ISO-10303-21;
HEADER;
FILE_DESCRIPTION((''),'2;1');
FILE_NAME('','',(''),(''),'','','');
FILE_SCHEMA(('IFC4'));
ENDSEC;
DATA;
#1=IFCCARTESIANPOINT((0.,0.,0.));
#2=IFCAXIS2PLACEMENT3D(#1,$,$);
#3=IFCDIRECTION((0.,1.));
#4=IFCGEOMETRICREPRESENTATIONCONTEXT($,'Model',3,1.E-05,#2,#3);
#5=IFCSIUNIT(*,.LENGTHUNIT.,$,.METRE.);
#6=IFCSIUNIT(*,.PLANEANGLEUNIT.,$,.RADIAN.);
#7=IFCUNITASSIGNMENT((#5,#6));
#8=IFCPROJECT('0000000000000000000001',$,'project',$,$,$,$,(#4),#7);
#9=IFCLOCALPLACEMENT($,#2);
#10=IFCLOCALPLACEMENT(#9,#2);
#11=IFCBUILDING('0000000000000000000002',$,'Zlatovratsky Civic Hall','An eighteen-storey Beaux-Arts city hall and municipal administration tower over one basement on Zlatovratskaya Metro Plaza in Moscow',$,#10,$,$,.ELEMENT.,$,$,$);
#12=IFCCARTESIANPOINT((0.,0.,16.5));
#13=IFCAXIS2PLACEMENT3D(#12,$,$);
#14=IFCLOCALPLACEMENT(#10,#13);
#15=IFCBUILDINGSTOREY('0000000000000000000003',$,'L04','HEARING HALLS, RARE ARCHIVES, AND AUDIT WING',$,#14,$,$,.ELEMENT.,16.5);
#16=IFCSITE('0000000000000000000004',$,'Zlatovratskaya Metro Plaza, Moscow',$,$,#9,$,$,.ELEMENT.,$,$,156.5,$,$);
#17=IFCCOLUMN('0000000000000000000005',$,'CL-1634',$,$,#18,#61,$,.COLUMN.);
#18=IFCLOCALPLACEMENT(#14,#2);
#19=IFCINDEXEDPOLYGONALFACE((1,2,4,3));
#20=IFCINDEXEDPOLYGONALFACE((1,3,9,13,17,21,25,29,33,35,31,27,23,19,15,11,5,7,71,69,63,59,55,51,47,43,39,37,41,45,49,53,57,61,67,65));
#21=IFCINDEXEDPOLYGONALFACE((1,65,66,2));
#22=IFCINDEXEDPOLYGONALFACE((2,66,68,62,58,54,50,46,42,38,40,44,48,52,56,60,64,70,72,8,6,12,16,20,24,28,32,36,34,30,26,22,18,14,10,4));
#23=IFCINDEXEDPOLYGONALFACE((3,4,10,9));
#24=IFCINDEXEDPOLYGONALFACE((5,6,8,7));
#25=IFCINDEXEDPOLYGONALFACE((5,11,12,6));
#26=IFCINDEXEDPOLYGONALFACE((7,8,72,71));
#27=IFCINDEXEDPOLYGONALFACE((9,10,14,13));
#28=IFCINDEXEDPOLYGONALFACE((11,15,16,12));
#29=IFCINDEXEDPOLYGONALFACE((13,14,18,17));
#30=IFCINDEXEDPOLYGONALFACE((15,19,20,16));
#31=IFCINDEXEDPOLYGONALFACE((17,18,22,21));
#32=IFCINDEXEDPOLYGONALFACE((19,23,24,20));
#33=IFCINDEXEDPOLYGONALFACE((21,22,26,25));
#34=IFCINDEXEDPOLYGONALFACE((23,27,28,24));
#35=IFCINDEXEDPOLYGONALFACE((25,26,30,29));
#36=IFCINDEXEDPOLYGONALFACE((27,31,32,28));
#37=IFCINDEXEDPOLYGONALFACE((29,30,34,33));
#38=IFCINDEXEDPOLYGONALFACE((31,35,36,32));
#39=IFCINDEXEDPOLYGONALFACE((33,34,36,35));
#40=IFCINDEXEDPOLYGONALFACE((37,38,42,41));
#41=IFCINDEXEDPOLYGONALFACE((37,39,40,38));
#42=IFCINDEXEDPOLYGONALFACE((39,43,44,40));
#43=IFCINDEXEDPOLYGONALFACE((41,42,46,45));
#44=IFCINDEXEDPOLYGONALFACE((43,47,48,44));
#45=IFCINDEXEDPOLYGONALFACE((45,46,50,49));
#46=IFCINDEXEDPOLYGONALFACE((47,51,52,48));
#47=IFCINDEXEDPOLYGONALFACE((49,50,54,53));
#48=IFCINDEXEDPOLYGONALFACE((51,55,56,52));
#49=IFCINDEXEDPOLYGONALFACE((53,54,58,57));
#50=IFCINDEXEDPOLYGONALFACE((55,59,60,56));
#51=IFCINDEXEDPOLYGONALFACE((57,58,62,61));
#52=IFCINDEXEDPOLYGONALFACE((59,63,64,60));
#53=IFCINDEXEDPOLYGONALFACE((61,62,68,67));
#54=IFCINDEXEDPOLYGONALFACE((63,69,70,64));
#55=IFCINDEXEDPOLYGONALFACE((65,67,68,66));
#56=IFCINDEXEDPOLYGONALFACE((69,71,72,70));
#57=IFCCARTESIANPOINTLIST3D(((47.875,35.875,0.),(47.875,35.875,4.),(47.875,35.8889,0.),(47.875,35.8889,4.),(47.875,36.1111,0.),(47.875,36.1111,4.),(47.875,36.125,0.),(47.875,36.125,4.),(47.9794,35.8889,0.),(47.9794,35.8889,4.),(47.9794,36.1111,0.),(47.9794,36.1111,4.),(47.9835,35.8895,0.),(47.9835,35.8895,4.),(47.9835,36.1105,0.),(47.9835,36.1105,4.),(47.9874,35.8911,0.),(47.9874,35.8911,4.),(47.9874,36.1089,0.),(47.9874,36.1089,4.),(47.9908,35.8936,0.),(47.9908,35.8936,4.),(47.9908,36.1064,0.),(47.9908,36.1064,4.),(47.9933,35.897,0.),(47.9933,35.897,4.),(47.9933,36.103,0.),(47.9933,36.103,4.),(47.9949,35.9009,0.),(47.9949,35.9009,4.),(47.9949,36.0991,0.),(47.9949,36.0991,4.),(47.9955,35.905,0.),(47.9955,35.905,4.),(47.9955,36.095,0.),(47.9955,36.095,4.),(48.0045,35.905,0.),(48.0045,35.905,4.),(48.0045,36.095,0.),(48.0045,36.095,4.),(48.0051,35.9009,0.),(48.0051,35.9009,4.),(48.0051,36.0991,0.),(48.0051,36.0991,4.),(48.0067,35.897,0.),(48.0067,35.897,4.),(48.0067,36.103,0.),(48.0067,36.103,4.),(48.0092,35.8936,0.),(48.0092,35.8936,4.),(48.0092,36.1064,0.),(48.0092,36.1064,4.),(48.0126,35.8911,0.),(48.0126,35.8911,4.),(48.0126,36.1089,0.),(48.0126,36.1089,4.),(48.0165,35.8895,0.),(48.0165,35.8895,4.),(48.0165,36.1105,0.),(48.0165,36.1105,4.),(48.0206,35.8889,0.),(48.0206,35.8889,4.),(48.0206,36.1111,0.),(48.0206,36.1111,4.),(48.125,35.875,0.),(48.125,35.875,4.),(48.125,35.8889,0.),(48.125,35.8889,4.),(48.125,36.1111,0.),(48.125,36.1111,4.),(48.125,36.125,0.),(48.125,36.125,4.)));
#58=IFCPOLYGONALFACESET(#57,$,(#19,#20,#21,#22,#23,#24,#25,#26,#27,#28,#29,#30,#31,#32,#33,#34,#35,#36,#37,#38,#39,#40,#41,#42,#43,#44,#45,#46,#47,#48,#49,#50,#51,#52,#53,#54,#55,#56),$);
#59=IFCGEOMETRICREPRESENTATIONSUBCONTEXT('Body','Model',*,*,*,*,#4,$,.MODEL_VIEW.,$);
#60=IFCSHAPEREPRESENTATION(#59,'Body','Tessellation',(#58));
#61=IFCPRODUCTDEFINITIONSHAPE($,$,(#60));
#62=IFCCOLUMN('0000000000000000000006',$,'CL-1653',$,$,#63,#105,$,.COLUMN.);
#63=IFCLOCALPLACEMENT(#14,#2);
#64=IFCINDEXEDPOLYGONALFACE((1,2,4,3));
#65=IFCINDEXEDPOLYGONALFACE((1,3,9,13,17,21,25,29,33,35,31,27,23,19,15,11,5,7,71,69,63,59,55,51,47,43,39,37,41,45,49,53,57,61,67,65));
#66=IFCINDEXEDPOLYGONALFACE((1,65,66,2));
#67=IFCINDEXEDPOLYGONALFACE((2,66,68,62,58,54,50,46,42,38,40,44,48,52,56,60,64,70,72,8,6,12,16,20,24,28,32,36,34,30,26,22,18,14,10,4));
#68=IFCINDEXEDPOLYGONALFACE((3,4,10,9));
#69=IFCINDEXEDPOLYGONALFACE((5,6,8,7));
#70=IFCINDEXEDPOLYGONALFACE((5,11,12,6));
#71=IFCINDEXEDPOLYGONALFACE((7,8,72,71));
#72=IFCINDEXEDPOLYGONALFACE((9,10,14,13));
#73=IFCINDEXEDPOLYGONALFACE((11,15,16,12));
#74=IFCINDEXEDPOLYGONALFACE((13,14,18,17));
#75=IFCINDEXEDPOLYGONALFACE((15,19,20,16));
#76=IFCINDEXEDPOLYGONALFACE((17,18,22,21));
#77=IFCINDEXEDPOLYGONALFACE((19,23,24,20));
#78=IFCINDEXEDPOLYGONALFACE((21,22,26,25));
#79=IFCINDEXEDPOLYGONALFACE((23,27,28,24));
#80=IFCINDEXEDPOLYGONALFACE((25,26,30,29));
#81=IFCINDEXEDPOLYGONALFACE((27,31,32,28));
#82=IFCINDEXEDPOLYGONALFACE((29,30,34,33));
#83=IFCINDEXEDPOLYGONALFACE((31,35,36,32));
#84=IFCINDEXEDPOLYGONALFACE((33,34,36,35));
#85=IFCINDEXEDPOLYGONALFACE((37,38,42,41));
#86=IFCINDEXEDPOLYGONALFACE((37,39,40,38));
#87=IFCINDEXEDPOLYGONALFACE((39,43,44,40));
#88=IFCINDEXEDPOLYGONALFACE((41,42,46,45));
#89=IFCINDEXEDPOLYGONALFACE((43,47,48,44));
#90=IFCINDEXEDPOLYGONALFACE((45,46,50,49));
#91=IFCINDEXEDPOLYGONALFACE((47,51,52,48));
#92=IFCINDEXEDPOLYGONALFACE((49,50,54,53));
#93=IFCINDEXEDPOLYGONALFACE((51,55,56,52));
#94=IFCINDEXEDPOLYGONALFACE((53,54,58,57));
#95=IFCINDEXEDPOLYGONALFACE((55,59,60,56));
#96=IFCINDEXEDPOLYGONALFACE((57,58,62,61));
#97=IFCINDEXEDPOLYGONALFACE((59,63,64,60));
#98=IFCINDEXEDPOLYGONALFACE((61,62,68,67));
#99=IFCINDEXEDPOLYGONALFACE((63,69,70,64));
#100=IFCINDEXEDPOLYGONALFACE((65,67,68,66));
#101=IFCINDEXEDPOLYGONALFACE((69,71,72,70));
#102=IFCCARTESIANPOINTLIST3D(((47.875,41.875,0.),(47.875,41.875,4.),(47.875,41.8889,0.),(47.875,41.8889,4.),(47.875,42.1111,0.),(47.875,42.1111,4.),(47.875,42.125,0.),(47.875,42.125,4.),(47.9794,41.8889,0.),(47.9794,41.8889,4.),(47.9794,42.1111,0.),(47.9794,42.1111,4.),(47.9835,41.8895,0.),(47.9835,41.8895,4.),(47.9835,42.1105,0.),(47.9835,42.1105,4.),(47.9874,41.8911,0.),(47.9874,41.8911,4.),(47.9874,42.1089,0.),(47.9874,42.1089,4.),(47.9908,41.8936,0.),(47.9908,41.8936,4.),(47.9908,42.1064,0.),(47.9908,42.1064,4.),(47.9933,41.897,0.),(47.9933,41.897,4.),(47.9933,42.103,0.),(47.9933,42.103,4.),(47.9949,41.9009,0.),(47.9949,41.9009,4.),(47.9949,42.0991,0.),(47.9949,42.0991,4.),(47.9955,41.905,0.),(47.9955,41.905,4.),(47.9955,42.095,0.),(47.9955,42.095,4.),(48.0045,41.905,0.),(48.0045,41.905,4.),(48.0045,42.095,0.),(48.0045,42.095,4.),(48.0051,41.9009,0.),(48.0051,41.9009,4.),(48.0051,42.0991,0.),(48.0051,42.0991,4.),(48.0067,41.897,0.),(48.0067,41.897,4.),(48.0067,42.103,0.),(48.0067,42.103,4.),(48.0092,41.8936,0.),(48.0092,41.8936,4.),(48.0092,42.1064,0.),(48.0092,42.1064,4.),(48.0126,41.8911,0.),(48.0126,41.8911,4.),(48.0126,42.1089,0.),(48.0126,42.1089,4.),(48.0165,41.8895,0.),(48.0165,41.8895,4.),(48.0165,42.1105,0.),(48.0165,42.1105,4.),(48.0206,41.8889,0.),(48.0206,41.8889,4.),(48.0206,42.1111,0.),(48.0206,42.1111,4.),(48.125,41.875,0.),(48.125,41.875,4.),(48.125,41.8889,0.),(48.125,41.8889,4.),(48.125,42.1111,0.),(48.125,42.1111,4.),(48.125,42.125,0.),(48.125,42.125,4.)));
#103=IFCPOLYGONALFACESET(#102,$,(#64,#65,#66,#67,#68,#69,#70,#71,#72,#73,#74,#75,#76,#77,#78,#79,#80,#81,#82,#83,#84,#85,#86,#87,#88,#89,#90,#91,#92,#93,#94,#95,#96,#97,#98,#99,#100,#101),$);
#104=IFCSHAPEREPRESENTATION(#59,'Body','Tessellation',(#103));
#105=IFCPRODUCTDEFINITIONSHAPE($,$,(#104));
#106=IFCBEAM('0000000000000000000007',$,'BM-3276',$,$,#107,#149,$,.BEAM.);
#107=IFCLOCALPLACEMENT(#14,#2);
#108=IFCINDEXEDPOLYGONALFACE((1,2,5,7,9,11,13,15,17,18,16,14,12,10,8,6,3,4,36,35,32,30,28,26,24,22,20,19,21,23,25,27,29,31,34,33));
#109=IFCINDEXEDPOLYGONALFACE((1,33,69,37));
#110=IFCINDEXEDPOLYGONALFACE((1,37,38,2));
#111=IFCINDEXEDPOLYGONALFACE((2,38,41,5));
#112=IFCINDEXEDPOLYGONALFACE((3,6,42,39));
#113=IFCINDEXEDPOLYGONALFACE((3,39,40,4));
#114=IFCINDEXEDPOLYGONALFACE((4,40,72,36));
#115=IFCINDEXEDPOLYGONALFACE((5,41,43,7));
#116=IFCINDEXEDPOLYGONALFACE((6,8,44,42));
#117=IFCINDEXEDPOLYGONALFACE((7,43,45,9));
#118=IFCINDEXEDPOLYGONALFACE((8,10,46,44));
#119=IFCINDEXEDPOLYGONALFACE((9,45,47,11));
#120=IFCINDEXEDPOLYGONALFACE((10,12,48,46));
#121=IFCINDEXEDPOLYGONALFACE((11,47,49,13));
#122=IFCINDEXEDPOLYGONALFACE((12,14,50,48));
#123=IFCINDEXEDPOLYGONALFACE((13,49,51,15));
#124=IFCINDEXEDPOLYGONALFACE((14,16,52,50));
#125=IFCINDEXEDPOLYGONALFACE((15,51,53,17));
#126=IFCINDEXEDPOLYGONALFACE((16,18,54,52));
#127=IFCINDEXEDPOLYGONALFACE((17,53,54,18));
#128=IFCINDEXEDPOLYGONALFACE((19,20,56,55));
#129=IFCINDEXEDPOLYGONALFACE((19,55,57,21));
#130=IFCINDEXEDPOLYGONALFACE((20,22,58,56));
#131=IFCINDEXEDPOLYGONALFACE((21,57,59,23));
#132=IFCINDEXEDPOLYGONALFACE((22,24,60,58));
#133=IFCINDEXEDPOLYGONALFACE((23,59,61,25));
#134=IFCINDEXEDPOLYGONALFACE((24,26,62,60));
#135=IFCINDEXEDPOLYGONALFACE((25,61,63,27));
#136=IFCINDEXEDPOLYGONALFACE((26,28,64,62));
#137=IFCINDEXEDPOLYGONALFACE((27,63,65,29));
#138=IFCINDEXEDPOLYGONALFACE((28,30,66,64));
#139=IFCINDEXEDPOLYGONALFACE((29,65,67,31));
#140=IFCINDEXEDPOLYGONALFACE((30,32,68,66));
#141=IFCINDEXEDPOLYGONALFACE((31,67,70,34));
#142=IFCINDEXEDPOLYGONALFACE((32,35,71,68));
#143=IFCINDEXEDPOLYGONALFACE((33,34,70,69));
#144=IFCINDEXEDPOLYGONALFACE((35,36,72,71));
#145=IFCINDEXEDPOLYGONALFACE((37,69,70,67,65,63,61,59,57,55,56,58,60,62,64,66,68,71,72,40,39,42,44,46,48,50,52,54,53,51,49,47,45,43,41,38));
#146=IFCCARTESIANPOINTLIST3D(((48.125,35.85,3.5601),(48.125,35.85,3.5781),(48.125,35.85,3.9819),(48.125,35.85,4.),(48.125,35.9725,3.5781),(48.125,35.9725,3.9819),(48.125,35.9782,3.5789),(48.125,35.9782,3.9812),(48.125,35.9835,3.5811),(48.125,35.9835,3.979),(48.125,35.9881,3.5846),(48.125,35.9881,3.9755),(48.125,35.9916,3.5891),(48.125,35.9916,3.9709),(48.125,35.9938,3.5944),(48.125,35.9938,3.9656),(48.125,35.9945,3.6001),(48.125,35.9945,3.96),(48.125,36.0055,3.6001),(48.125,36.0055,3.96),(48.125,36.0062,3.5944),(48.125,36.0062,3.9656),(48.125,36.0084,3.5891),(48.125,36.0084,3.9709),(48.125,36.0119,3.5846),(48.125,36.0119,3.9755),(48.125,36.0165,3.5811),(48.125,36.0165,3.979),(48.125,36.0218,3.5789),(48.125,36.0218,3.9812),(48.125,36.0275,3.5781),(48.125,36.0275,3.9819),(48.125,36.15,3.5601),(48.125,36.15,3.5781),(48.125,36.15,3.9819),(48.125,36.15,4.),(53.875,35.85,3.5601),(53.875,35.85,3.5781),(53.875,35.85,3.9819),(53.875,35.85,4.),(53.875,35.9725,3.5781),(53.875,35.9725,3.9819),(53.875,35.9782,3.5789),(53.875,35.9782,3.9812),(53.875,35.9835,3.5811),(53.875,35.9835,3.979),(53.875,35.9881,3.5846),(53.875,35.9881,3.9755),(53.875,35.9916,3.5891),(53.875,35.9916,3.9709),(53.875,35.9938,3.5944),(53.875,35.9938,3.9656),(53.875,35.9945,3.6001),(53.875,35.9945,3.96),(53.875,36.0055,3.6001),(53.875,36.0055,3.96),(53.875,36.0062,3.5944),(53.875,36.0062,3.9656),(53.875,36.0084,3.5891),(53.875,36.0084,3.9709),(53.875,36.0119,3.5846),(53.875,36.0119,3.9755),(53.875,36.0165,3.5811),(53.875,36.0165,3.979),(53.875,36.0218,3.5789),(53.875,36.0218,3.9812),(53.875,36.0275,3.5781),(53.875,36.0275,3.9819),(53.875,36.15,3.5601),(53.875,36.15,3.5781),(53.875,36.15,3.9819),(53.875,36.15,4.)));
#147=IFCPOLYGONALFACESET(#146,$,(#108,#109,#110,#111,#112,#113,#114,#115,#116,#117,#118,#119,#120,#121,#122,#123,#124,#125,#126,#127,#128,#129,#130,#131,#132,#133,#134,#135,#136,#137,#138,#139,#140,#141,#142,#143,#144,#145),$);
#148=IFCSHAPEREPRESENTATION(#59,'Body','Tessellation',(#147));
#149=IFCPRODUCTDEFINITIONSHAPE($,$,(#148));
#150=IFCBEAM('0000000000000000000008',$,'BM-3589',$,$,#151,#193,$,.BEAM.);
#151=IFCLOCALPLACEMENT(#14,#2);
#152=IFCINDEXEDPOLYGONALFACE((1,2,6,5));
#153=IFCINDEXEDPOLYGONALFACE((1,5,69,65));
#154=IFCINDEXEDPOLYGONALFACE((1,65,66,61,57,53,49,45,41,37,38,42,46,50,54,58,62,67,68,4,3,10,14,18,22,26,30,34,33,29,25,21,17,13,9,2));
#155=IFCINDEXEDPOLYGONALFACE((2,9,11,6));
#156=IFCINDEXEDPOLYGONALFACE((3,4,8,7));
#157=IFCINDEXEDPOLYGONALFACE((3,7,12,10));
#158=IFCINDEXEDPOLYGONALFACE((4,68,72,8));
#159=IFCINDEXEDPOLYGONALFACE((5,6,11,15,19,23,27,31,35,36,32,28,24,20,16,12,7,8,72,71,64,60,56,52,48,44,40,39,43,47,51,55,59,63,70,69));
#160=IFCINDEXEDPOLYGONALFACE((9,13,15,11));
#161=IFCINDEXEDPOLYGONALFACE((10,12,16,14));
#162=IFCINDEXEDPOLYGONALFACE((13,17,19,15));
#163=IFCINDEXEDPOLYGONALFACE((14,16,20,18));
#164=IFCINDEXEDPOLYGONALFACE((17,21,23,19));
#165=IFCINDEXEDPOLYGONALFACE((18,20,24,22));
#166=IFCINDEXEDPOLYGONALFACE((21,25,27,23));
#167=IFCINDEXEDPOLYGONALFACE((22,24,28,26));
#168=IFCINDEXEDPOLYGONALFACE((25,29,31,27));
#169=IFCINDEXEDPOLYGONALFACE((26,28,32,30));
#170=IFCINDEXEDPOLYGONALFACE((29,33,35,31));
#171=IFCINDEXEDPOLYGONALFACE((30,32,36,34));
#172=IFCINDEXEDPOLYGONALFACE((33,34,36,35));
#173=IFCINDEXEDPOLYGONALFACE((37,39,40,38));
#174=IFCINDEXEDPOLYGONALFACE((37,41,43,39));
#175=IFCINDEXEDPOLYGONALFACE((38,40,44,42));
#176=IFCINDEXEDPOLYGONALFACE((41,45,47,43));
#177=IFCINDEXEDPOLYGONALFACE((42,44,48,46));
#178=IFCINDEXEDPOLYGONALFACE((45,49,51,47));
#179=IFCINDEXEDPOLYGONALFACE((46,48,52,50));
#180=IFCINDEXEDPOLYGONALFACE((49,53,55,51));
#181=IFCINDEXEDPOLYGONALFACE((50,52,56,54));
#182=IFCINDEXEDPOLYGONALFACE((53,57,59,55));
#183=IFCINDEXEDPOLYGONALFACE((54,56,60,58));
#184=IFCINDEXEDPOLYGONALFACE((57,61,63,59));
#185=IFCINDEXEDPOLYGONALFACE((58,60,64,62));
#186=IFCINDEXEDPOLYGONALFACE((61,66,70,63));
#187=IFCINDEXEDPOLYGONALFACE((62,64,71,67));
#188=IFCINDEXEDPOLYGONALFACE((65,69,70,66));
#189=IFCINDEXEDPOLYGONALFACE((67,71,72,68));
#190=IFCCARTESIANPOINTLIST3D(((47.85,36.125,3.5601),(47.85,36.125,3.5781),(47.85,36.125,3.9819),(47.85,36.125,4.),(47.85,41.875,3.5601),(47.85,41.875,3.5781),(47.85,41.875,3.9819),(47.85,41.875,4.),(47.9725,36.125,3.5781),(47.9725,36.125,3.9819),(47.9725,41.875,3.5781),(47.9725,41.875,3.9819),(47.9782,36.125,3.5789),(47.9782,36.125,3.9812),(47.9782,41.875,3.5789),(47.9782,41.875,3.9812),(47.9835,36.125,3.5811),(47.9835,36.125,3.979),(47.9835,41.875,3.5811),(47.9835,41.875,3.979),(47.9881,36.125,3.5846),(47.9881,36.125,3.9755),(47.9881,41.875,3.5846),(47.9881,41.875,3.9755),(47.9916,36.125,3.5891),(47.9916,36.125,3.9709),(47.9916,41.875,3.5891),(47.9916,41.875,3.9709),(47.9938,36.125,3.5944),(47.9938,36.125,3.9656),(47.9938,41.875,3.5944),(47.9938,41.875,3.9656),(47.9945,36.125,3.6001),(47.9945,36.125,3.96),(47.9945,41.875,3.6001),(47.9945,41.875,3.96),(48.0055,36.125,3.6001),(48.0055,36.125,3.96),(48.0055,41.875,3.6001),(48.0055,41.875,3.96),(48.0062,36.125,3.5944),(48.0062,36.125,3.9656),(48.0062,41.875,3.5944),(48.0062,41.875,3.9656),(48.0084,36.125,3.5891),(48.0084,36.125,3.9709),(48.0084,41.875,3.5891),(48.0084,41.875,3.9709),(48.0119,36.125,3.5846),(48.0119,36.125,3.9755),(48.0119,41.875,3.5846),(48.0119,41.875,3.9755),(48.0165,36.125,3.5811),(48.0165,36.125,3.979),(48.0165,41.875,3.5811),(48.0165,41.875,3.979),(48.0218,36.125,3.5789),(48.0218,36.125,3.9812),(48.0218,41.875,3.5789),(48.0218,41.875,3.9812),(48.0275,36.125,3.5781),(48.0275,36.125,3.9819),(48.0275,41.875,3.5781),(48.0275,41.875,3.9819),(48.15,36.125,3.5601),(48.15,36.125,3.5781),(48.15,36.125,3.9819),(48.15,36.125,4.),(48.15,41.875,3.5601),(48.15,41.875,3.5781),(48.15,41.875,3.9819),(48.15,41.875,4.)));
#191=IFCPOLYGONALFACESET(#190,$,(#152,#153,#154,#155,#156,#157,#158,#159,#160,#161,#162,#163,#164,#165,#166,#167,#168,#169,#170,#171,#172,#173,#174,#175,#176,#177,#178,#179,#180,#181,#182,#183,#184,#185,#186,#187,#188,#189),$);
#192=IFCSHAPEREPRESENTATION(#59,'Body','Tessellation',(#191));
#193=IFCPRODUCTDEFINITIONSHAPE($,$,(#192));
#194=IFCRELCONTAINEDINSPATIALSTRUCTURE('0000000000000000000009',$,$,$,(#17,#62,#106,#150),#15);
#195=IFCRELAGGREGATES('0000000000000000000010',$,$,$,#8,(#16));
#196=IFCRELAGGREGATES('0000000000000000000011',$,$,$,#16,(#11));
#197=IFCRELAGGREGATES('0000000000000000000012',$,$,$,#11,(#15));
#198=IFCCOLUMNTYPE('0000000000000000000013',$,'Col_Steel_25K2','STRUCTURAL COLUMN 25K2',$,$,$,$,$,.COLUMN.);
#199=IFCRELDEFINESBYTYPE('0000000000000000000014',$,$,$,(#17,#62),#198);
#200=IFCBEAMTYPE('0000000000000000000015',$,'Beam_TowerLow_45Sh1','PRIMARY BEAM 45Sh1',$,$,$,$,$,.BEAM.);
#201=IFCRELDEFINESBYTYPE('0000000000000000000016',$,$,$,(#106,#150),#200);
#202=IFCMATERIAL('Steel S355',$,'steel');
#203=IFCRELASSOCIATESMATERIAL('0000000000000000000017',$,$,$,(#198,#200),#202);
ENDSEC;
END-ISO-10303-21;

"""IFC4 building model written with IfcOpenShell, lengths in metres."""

from ifc_helpers import new_model, si_unit, direction, frame, origin, origin_2d, place, context, subcontext, project, spatial, i_section, extrude, material, material_profile, profile_set, type_object, element, save


model = new_model("IFC4")

# Units and contexts
model_context = context("Model", 3, precision=1e-05, world=origin(), true_north=direction((0.0, 1.0)))
body_context = subcontext(model_context, "Body", "Model", "MODEL_VIEW")
ifc_project = project(units=[si_unit("LENGTHUNIT", "METRE"), si_unit("PLANEANGLEUNIT", "RADIAN")], contexts=[model_context])

# Site, building, storey
site_placement = place(None, origin())
site = spatial("IfcSite", under=ifc_project, at=site_placement, Name="Zlatovratskaya Metro Plaza, Moscow", CompositionType="ELEMENT", RefElevation=156.5)
building_placement = place(site_placement, origin())
building = spatial("IfcBuilding", under=site, at=building_placement, Name="Zlatovratsky Civic Hall", Description="An eighteen-storey Beaux-Arts city hall and municipal administration tower over one basement on Zlatovratskaya Metro Plaza in Moscow", CompositionType="ELEMENT")
storey_placement = place(building_placement, frame((0.0, 0.0, 16.5)))
storey = spatial("IfcBuildingStorey", under=building, at=storey_placement, Name="L04", Description="HEARING HALLS, RARE ARCHIVES, AND AUDIT WING", CompositionType="ELEMENT", Elevation=16.5)

# Columns
ifc_material_1 = material(Name="Steel S355", Category="steel")
ifc_material_profile_1 = material_profile(ifc_material_1, i_section(OverallWidth=0.25, OverallDepth=0.25, WebThickness=0.009, FlangeThickness=0.0139, FilletRadius=0.0161, at=origin_2d()), Name="25K2")
ifc_profile_set_1 = profile_set([ifc_material_profile_1], Name="Steel S355")
column_type = type_object("IfcColumnType", Name="Col_Steel_25K2", Description="STRUCTURAL COLUMN 25K2", PredefinedType="COLUMN", material=ifc_profile_set_1)
for number, where, z_axis, x_axis, name in (
    (1, (48.0, 36.0, 0.0), (0.0, 0.0, 1.0), (1.0, 0.0, 0.0), "CL-1634"),
    (2, (48.0, 42.0, 0.0), (0.0, 0.0, 1.0), (1.0, 0.0, 0.0), "CL-1653"),
):
    element("IfcColumn", number, at=place(storey_placement, frame(where, z_axis=z_axis, x_axis=x_axis)), inside=storey, type_object=column_type, Name=name, PredefinedType="COLUMN", context=body_context, shape_type="SweptSolid", body=[
        extrude(i_section(OverallWidth=0.25, OverallDepth=0.25, WebThickness=0.009, FlangeThickness=0.0139, FilletRadius=0.0161, at=origin_2d()), origin(), (0.0, 0.0, 1.0), 4.0),
    ])

# Beams
ifc_material_profile_2 = material_profile(ifc_material_1, i_section(OverallWidth=0.3, OverallDepth=0.4399, WebThickness=0.011, FlangeThickness=0.0181, FilletRadius=0.022, at=origin_2d()), Name="45Sh1")
ifc_profile_set_2 = profile_set([ifc_material_profile_2], Name="Steel S355")
beam_type = type_object("IfcBeamType", Name="Beam_TowerLow_45Sh1", Description="PRIMARY BEAM 45Sh1", PredefinedType="BEAM", material=ifc_profile_set_2)
for number, where, z_axis, x_axis, name in (
    (3, (48.125, 36.0, 3.78), (1.0, 0.0, 0.0), (0.0, 1.0, 0.0), "BM-3276"),
    (4, (48.0, 36.125, 3.78), (0.0, 1.0, 0.0), (-1.0, 0.0, 0.0), "BM-3589"),
):
    element("IfcBeam", number, at=place(storey_placement, frame(where, z_axis=z_axis, x_axis=x_axis)), inside=storey, type_object=beam_type, Name=name, PredefinedType="BEAM", context=body_context, shape_type="SweptSolid", body=[
        extrude(i_section(OverallWidth=0.3, OverallDepth=0.4399, WebThickness=0.011, FlangeThickness=0.0181, FilletRadius=0.022, at=origin_2d()), origin(), (0.0, 0.0, 1.0), 5.75),
    ])

save(model, "model.ifc")
